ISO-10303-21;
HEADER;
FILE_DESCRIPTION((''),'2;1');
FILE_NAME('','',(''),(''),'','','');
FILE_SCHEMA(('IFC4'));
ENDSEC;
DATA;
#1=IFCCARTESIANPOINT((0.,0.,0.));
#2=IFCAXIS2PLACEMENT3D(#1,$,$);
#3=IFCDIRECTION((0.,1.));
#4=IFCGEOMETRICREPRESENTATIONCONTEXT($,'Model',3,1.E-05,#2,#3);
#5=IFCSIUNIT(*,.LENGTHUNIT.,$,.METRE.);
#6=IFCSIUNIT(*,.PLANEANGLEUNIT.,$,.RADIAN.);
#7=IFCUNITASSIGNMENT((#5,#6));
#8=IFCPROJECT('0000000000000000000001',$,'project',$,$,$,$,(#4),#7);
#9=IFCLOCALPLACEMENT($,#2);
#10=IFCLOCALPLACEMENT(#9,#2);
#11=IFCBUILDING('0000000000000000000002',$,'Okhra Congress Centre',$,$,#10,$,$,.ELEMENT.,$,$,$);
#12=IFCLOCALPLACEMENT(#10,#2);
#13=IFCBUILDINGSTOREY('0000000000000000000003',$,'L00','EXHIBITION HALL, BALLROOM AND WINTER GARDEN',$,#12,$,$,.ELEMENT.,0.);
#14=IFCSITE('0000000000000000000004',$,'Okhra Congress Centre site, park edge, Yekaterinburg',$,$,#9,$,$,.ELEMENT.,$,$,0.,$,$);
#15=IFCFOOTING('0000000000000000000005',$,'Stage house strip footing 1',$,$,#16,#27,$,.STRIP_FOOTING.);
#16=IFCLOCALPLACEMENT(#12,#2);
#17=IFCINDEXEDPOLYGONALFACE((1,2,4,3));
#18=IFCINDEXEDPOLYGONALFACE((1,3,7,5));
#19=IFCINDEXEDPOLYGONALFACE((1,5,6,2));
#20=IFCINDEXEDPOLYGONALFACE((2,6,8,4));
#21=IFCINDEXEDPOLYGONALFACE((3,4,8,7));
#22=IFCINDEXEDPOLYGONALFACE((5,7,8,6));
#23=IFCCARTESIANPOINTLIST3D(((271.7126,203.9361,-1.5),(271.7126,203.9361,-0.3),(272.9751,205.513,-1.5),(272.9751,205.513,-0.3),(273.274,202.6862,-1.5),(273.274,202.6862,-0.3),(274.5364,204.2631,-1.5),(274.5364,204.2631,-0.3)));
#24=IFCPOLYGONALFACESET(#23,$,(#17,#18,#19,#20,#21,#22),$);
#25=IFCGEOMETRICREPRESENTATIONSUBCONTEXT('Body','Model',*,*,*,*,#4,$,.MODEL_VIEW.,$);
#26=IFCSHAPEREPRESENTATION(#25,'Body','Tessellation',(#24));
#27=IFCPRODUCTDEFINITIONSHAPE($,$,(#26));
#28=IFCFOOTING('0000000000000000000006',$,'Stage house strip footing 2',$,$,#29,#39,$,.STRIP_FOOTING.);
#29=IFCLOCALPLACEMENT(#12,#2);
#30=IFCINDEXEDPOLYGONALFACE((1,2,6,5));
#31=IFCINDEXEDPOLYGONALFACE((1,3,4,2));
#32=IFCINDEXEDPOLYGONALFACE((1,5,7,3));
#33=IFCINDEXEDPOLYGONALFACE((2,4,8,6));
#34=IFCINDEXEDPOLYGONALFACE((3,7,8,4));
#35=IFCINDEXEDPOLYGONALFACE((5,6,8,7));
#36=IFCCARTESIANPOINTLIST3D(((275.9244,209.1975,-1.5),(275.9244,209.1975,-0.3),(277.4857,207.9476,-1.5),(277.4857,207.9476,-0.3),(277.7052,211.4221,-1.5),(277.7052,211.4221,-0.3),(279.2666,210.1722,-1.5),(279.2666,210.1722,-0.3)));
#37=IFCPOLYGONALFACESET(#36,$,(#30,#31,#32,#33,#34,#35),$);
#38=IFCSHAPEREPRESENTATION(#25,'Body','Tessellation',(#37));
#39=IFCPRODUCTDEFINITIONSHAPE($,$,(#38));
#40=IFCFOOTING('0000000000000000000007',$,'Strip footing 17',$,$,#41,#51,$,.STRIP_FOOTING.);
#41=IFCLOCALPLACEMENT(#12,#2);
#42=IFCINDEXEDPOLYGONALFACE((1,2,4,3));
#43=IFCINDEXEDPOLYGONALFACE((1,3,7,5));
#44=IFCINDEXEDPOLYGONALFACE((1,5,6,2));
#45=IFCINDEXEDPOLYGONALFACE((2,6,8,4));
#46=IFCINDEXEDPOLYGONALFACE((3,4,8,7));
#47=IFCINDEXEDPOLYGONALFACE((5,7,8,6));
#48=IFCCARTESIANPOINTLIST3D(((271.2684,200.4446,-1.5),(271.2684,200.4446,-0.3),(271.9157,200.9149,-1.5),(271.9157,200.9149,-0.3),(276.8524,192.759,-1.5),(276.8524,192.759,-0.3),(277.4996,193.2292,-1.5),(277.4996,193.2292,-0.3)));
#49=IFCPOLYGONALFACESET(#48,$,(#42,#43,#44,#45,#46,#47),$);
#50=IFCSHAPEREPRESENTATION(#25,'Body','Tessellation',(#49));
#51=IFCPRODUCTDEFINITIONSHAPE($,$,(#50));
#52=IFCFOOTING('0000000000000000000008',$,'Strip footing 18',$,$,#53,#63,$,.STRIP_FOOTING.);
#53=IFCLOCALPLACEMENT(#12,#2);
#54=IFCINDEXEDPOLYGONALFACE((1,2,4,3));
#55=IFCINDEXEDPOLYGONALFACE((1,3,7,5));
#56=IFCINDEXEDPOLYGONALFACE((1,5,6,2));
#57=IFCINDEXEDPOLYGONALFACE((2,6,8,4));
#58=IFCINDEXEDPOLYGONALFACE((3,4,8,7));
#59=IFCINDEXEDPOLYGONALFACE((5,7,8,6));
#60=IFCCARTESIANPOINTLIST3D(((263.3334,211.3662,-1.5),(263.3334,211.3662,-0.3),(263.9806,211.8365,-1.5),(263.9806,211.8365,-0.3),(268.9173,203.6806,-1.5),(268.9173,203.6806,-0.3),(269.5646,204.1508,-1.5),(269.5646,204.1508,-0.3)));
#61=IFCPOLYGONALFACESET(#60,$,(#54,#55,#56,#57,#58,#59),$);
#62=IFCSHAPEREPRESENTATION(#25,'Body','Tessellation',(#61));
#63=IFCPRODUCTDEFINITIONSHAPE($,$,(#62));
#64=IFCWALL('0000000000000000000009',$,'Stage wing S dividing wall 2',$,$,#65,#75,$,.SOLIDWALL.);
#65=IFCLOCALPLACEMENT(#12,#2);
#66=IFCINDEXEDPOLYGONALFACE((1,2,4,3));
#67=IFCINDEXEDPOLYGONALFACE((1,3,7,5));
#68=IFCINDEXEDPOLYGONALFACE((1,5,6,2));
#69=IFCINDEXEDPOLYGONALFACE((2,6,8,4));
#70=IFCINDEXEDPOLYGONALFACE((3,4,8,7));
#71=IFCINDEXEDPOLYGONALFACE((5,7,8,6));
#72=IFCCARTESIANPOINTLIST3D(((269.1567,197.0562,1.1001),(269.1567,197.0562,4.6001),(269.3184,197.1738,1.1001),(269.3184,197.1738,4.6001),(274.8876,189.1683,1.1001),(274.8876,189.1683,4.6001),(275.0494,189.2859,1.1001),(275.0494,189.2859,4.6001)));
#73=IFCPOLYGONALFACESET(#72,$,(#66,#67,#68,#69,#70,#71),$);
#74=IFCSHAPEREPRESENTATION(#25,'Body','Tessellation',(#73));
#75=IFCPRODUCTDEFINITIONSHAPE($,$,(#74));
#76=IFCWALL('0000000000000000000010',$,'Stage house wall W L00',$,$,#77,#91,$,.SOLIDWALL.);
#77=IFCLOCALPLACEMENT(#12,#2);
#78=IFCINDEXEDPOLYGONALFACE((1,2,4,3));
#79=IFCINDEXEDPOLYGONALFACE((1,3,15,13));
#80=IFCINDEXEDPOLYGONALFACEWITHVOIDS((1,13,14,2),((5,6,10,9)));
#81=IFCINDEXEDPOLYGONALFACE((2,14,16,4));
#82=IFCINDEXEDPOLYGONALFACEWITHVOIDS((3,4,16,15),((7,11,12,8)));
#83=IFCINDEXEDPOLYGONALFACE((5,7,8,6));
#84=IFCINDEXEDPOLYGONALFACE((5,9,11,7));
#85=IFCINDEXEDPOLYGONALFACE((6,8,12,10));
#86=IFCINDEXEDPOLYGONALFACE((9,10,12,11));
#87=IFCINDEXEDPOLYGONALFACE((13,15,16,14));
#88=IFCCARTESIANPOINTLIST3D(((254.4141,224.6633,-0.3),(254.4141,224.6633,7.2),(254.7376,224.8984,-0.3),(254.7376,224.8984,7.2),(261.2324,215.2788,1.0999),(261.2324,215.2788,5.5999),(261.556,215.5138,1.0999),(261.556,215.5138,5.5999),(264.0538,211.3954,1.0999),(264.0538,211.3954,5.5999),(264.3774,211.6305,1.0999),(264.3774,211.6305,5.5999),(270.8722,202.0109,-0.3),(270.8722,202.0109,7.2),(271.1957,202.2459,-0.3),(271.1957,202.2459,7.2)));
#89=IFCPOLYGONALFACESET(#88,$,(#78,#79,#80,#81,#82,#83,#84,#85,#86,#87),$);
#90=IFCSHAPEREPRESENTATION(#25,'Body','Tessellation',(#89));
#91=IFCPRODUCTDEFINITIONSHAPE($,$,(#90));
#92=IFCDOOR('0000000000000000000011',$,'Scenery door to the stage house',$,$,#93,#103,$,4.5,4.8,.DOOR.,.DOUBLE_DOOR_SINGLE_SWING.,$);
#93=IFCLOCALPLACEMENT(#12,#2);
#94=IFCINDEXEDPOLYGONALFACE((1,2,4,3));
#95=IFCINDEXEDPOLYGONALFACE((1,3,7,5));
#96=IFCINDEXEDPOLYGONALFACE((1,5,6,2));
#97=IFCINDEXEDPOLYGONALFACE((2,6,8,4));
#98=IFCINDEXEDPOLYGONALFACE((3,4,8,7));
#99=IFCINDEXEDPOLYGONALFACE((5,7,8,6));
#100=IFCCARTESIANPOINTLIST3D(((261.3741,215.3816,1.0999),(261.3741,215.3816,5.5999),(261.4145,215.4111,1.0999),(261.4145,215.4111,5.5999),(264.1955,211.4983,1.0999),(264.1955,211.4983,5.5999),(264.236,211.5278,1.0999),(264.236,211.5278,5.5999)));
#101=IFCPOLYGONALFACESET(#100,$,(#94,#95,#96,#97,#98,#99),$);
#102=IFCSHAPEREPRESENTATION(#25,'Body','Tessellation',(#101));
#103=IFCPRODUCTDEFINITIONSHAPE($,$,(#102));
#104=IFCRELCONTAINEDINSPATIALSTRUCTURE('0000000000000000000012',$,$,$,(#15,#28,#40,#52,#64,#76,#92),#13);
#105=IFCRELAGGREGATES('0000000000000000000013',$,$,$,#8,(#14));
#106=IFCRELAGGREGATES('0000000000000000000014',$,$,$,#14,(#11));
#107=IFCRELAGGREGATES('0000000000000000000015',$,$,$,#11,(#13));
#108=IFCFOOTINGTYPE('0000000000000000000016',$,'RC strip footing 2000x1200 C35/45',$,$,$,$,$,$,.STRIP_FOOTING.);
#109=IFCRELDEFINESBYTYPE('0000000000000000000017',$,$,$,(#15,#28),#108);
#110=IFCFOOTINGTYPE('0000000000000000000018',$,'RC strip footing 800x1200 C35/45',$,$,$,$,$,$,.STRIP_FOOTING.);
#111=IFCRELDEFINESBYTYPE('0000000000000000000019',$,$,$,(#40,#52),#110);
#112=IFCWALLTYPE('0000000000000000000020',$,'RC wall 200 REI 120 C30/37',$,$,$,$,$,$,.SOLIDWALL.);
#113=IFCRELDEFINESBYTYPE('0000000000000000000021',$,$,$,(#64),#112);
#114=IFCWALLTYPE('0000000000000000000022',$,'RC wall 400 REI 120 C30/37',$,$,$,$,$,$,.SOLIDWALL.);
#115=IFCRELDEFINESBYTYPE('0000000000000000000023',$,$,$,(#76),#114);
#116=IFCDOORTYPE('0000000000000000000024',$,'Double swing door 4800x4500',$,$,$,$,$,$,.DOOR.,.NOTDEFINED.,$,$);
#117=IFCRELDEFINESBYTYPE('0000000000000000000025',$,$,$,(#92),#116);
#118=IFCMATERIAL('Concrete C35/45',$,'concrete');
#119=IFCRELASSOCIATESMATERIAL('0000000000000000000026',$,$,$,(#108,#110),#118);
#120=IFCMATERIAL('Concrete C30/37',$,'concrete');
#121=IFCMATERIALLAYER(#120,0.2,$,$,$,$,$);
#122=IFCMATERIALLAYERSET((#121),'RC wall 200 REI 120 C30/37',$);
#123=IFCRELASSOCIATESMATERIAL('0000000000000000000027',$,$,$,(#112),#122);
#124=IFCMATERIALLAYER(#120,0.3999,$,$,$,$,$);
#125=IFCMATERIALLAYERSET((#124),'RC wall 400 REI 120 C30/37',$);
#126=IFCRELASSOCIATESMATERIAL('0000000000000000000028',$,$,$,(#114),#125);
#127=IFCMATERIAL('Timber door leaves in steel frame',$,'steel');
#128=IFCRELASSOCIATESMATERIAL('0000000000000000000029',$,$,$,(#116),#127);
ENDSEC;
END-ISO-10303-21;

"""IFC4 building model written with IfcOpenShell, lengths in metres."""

from ifc_helpers import new_model, si_unit, direction, frame, frame_2d, origin, origin_2d, place, context, subcontext, project, spatial, rectangle, extrude, material, layer, layer_set, type_object, element, fill, save


model = new_model("IFC4")

# Units and contexts
model_context = context("Model", 3, precision=1e-05, world=origin(), true_north=direction((0.0, 1.0)))
body_context = subcontext(model_context, "Body", "Model", "MODEL_VIEW")
ifc_project = project(units=[si_unit("LENGTHUNIT", "METRE"), si_unit("PLANEANGLEUNIT", "RADIAN")], contexts=[model_context])

# Site, building, storey
site_placement = place(None, origin())
site = spatial("IfcSite", under=ifc_project, at=site_placement, Name="Okhra Congress Centre site, park edge, Yekaterinburg", CompositionType="ELEMENT", RefElevation=0.0)
building_placement = place(site_placement, origin())
building = spatial("IfcBuilding", under=site, at=building_placement, Name="Okhra Congress Centre", CompositionType="ELEMENT")
storey_placement = place(building_placement, origin())
storey = spatial("IfcBuildingStorey", under=building, at=storey_placement, Name="L00", Description="EXHIBITION HALL, BALLROOM AND WINTER GARDEN", CompositionType="ELEMENT", Elevation=0.0)

# Shared definitions
ifc_material_1 = material(Name="Concrete C30/37", Category="concrete")

# Footings
ifc_material_2 = material(Name="Concrete C35/45", Category="concrete")
footing_type_1 = type_object("IfcFootingType", Name="RC strip footing 2000x1200 C35/45", PredefinedType="STRIP_FOOTING", material=ifc_material_2)
footing_1_placement = place(storey_placement, frame((273.1245, 204.0996, -1.5), z_axis=(0.0, 0.0, 1.0), x_axis=(0.62495, 0.780665, 0.0)))
element("IfcFooting", 1, at=footing_1_placement, inside=storey, type_object=footing_type_1, Name="Stage house strip footing 1", PredefinedType="STRIP_FOOTING", context=body_context, shape_type="SweptSolid", body=[
    extrude(rectangle(XDim=2.02, YDim=2.0, at=origin_2d()), origin(), (0.0, 0.0, 1.0), 1.2),
])
footing_2_placement = place(storey_placement, frame((277.5955, 209.6848, -1.5), z_axis=(0.0, 0.0, 1.0), x_axis=(0.62495, 0.780665, 0.0)))
element("IfcFooting", 2, at=footing_2_placement, inside=storey, type_object=footing_type_1, Name="Stage house strip footing 2", PredefinedType="STRIP_FOOTING", context=body_context, shape_type="SweptSolid", body=[
    extrude(rectangle(XDim=2.8496, YDim=2.0, at=origin_2d()), origin(), (0.0, 0.0, 1.0), 1.2),
])
footing_type_2 = type_object("IfcFootingType", Name="RC strip footing 800x1200 C35/45", PredefinedType="STRIP_FOOTING", material=ifc_material_2)
for number, where, z_axis, x_axis, name in (
    (3, (274.384, 196.8369, -1.5), (0.0, 0.0, 1.0), (-0.587785, 0.809017, 0.0), "Strip footing 17"),
    (4, (266.449, 207.7585, -1.5), (0.0, 0.0, 1.0), (-0.587785, 0.809017, 0.0), "Strip footing 18"),
):
    element("IfcFooting", number, at=place(storey_placement, frame(where, z_axis=z_axis, x_axis=x_axis)), inside=storey, type_object=footing_type_2, Name=name, PredefinedType="STRIP_FOOTING", context=body_context, shape_type="SweptSolid", body=[
        extrude(rectangle(XDim=9.5, YDim=0.8, at=origin_2d()), origin(), (0.0, 0.0, 1.0), 1.2),
    ])

# Wall
ifc_layer_1 = layer(ifc_material_1, 0.2)
ifc_layer_set_1 = layer_set([ifc_layer_1], Name="RC wall 200 REI 120 C30/37")
wall_type_1 = type_object("IfcWallType", Name="RC wall 200 REI 120 C30/37", PredefinedType="SOLIDWALL", material=ifc_layer_set_1)
wall_1_placement = place(storey_placement, frame((269.2375, 197.115, 1.1001), z_axis=(0.0, 0.0, 1.0), x_axis=(0.587788, -0.809015, 0.0)))
element("IfcWall", 5, at=wall_1_placement, inside=storey, type_object=wall_type_1, Name="Stage wing S dividing wall 2", PredefinedType="SOLIDWALL", context=body_context, shape_type="SweptSolid", body=[
    extrude(rectangle(XDim=9.75, YDim=0.2, at=frame_2d((4.875, 0.0))), origin(), (0.0, 0.0, 1.0), 3.5),
])

# Wall, opening, door
ifc_layer_2 = layer(ifc_material_1, 0.3999)
ifc_layer_set_2 = layer_set([ifc_layer_2], Name="RC wall 400 REI 120 C30/37")
wall_type_2 = type_object("IfcWallType", Name="RC wall 400 REI 120 C30/37", PredefinedType="SOLIDWALL", material=ifc_layer_set_2)
wall_2_placement = place(storey_placement, frame((271.0339, 202.1284, -0.3), z_axis=(0.0, 0.0, 1.0), x_axis=(-0.587788, 0.809015, 0.0)))
wall_2 = element("IfcWall", 6, at=wall_2_placement, inside=storey, type_object=wall_type_2, Name="Stage house wall W L00", PredefinedType="SOLIDWALL", context=body_context, shape_type="SweptSolid", body=[
    extrude(rectangle(XDim=28.0, YDim=0.3999, at=frame_2d((14.0, 0.0))), origin(), (0.0, 0.0, 1.0), 7.5),
])
opening_1_placement = place(wall_2_placement, frame((11.6001, 0.0, 1.3999)))
opening_1 = element("IfcOpeningElement", 7, at=opening_1_placement, cuts=wall_2, PredefinedType="OPENING", context=body_context, shape_type="SweptSolid", body=[
    extrude(rectangle(XDim=4.8, YDim=4.5, at=frame_2d((2.3999, 2.25))), frame((0.0, 0.21, 0.0), z_axis=(0.0, -1.0, 0.0), x_axis=(1.0, 0.0, 0.0)), (0.0, 0.0, 1.0), 0.4199),
])
ifc_material_3 = material(Name="Timber door leaves in steel frame", Category="steel")
door_type = type_object("IfcDoorType", Name="Double swing door 4800x4500", OperationType="NOTDEFINED", PredefinedType="DOOR", material=ifc_material_3)
door_placement = place(opening_1_placement, origin())
door = element("IfcDoor", 8, at=door_placement, inside=storey, type_object=door_type, Name="Scenery door to the stage house", OperationType="DOUBLE_DOOR_SINGLE_SWING", OverallHeight=4.5, OverallWidth=4.8, PredefinedType="DOOR", context=body_context, shape_type="SweptSolid", body=[
    extrude(rectangle(XDim=4.8, YDim=4.5, at=frame_2d((2.3999, 2.25))), frame((0.0, 0.0249, 0.0), z_axis=(0.0, -1.0, 0.0), x_axis=(1.0, 0.0, 0.0)), (0.0, 0.0, 1.0), 0.05),
])
fill(opening_1, door)

save(model, "model.ifc")
